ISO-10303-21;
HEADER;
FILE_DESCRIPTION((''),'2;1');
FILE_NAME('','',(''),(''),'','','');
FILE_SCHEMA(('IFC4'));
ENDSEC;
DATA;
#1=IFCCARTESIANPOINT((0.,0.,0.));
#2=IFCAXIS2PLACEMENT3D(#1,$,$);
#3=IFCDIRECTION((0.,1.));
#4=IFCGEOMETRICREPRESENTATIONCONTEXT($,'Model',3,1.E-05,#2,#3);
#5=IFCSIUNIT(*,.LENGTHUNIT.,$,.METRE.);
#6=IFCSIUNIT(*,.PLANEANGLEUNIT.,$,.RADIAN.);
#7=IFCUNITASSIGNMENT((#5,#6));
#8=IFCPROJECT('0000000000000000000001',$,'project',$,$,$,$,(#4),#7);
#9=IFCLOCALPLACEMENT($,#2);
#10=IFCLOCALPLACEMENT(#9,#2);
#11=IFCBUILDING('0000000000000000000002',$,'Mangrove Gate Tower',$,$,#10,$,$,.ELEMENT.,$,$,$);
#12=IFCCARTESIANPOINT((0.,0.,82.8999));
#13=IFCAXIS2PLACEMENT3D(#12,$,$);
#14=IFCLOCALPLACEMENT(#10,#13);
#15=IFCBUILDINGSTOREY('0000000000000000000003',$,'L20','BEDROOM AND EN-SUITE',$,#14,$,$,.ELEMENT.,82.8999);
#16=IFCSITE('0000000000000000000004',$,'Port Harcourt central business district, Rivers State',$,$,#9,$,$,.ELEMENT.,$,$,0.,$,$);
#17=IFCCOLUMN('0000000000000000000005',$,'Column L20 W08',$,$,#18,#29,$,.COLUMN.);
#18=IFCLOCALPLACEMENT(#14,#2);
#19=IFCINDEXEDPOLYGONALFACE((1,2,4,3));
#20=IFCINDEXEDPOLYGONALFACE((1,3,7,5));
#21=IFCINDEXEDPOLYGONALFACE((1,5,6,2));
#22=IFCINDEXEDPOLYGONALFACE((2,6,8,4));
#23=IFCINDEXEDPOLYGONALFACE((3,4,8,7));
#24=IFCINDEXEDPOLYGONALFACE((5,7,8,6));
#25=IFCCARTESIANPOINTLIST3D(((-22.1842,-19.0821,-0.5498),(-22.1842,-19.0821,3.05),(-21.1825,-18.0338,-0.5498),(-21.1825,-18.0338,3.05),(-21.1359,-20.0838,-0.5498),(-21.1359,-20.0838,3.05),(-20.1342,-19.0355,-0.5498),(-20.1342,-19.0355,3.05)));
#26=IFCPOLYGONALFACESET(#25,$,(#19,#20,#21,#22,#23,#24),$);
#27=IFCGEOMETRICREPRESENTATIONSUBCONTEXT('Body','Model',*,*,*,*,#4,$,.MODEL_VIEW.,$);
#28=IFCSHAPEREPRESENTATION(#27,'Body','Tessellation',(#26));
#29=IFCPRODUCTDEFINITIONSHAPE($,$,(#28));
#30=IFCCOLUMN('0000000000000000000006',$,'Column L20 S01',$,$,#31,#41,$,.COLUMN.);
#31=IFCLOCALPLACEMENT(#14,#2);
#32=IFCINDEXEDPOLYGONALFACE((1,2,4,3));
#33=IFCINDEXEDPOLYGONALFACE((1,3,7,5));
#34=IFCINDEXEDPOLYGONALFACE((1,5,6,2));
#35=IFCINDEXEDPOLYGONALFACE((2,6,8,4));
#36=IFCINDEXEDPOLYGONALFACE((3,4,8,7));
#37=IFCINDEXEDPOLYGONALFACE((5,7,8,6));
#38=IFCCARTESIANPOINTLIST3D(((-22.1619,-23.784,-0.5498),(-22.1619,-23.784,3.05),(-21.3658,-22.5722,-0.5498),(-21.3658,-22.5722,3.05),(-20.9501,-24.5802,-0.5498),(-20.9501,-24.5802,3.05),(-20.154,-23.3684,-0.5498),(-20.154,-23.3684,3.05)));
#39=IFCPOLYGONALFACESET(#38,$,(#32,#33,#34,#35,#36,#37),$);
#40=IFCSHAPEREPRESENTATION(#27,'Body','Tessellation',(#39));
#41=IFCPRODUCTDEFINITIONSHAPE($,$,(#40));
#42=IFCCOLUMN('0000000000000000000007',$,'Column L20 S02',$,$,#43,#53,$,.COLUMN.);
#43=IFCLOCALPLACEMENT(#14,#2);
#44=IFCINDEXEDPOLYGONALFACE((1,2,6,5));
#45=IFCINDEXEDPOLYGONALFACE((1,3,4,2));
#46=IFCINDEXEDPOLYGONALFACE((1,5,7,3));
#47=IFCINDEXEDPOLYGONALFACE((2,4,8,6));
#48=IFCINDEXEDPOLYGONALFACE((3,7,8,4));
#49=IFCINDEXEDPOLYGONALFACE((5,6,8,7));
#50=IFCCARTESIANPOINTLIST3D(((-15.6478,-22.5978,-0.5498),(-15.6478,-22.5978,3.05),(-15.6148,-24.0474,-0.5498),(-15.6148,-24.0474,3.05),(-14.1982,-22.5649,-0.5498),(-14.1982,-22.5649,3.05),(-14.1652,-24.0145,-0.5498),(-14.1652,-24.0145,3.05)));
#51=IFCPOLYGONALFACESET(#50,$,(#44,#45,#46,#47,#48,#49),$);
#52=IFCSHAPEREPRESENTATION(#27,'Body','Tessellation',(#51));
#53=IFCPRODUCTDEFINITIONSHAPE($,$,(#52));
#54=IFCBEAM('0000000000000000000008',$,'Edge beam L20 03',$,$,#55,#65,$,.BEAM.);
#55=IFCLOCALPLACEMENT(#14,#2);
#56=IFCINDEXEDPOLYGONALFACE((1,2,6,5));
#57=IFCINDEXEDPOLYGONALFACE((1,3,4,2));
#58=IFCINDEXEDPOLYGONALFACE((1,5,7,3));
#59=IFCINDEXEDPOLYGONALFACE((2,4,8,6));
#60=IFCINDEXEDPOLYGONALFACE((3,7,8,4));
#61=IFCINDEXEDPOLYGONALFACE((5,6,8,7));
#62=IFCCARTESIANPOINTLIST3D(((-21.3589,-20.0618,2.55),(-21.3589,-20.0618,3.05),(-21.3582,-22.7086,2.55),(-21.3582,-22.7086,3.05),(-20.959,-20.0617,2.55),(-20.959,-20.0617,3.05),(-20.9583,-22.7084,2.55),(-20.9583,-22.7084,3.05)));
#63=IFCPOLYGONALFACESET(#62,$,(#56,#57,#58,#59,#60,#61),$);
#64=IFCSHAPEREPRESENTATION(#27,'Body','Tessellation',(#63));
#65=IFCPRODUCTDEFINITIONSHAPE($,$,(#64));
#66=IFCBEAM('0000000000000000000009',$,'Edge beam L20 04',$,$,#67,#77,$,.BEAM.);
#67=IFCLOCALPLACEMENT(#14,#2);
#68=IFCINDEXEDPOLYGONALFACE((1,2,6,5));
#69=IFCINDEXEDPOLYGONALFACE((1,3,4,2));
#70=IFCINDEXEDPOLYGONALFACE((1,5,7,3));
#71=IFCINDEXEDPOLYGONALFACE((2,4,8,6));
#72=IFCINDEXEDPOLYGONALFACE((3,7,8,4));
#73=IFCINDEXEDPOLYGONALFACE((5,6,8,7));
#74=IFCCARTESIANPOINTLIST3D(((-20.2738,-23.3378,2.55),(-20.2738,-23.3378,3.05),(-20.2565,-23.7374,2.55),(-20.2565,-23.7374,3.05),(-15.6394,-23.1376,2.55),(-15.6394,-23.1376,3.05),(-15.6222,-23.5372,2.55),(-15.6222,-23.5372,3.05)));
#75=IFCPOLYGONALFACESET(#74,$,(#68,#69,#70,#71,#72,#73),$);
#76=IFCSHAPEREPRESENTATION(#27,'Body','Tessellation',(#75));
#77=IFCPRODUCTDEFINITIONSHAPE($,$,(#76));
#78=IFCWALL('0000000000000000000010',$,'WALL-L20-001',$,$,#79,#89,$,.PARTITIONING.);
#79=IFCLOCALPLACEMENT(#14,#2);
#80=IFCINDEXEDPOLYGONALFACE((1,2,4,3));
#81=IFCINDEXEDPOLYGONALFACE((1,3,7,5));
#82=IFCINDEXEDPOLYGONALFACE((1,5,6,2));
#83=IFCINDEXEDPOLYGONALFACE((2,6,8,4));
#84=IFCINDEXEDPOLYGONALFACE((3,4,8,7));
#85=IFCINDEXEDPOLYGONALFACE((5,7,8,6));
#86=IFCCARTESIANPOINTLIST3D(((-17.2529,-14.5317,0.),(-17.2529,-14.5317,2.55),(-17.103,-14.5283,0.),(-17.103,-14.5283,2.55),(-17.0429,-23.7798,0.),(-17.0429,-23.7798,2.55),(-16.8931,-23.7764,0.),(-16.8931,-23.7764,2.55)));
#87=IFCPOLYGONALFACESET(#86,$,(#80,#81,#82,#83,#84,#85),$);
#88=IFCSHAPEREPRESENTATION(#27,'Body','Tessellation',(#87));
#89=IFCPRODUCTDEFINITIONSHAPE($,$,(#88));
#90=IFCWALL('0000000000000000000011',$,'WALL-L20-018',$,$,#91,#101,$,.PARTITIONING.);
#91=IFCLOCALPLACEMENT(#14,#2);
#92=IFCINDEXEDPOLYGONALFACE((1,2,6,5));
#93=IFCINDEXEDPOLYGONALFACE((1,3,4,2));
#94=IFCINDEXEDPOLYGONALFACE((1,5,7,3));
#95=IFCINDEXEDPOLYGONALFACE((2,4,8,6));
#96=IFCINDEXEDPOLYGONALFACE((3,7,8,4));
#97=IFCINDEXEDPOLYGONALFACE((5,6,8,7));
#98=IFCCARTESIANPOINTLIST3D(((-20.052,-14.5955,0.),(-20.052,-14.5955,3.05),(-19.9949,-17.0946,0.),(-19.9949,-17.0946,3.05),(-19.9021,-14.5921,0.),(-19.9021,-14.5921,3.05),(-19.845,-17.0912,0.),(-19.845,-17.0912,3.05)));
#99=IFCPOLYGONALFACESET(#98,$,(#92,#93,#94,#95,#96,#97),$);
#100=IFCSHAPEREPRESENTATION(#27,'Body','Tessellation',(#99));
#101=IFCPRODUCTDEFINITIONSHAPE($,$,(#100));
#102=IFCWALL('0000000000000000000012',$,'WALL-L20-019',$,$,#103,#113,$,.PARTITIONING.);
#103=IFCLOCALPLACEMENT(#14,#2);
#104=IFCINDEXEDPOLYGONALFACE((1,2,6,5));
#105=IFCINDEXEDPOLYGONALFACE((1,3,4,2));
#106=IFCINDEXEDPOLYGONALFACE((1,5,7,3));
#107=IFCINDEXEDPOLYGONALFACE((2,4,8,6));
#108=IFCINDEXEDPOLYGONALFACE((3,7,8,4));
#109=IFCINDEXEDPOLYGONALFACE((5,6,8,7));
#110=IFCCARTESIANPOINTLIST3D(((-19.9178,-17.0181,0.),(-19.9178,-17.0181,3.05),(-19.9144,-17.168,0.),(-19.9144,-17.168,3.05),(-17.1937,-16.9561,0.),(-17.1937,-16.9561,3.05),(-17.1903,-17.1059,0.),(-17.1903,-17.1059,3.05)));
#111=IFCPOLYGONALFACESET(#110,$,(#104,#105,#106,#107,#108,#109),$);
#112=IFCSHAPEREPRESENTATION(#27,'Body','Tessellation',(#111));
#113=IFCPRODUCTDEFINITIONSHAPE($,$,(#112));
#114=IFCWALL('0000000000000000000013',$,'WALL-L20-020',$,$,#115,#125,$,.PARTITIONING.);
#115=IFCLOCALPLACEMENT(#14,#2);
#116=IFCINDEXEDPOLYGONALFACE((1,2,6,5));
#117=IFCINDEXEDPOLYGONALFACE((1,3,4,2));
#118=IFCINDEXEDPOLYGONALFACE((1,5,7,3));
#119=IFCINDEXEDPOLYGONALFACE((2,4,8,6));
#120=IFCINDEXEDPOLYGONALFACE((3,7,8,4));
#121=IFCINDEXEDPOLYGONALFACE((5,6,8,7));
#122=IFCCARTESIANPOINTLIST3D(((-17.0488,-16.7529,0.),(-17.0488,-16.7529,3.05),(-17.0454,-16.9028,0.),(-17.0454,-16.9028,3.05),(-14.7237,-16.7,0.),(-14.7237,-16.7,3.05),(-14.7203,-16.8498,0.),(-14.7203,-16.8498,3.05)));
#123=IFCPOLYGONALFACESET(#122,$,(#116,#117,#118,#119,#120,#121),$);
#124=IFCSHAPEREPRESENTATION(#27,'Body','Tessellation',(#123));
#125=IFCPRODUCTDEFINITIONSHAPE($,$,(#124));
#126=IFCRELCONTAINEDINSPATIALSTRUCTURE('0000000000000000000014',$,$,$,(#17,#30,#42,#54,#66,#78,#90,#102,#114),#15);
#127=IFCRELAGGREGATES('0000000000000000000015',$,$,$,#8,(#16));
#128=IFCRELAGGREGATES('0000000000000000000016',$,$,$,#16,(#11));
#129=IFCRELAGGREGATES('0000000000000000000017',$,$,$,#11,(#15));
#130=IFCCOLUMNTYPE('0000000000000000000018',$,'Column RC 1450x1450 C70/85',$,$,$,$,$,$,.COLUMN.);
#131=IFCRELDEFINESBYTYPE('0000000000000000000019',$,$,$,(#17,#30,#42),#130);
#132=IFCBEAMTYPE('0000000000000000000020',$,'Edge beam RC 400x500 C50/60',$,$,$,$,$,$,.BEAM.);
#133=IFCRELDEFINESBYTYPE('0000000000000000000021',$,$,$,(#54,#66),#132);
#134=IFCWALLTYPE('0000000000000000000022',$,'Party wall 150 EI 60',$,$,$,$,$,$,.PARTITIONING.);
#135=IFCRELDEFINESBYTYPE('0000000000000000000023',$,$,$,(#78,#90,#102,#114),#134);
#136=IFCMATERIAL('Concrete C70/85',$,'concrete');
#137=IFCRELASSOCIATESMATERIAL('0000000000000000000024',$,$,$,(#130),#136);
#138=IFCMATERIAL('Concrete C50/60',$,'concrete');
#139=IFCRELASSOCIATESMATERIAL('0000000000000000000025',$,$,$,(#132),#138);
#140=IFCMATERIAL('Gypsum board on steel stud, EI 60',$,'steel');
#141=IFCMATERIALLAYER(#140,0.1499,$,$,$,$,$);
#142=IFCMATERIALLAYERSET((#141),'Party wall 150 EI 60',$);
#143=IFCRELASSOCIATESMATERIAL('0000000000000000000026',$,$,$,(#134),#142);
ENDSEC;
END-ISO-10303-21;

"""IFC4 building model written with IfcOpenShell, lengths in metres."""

from ifc_helpers import new_model, si_unit, direction, frame, frame_2d, origin, origin_2d, place, context, subcontext, project, spatial, rectangle, extrude, material, layer, layer_set, material_profile, profile_set, type_object, element, save


model = new_model("IFC4")

# Units and contexts
model_context = context("Model", 3, precision=1e-05, world=origin(), true_north=direction((0.0, 1.0)))
body_context = subcontext(model_context, "Body", "Model", "MODEL_VIEW")
ifc_project = project(units=[si_unit("LENGTHUNIT", "METRE"), si_unit("PLANEANGLEUNIT", "RADIAN")], contexts=[model_context])

# Site, building, storey
site_placement = place(None, origin())
site = spatial("IfcSite", under=ifc_project, at=site_placement, Name="Port Harcourt central business district, Rivers State", CompositionType="ELEMENT", RefElevation=0.0)
building_placement = place(site_placement, origin())
building = spatial("IfcBuilding", under=site, at=building_placement, Name="Mangrove Gate Tower", CompositionType="ELEMENT")
storey_placement = place(building_placement, frame((0.0, 0.0, 82.8999)))
storey = spatial("IfcBuildingStorey", under=building, at=storey_placement, Name="L20", Description="BEDROOM AND EN-SUITE", CompositionType="ELEMENT", Elevation=82.8999)

# Columns
ifc_material_1 = material(Name="Concrete C70/85", Category="concrete")
ifc_material_profile_1 = material_profile(ifc_material_1, rectangle(XDim=1.45, YDim=1.45, at=origin_2d()))
ifc_profile_set_1 = profile_set([ifc_material_profile_1], Name="Concrete C70/85")
column_type = type_object("IfcColumnType", Name="Column RC 1450x1450 C70/85", PredefinedType="COLUMN", material=ifc_profile_set_1)
for number, where, z_axis, x_axis, name in (
    (1, (-21.1592, -19.0588, -0.5498), (0.0, 0.0, 1.0), (0.722989, -0.69086, 0.0), "Column L20 W08"),
    (2, (-21.158, -23.5762, -0.5498), (0.0, 0.0, 1.0), (0.835754, -0.549104, 0.0), "Column L20 S01"),
    (3, (-14.9065, -23.3062, -0.5498), (0.0, 0.0, 1.0), (0.999742, 0.022721, 0.0), "Column L20 S02"),
):
    element("IfcColumn", number, at=place(storey_placement, frame(where, z_axis=z_axis, x_axis=x_axis)), inside=storey, type_object=column_type, Name=name, PredefinedType="COLUMN", context=body_context, shape_type="SweptSolid", body=[
        extrude(rectangle(XDim=1.45, YDim=1.45, at=origin_2d()), origin(), (0.0, 0.0, 1.0), 3.5999),
    ])

# Beams
ifc_material_2 = material(Name="Concrete C50/60", Category="concrete")
ifc_material_profile_2 = material_profile(ifc_material_2, rectangle(XDim=0.3999, YDim=0.5, at=origin_2d()))
ifc_profile_set_2 = profile_set([ifc_material_profile_2], Name="Concrete C50/60")
beam_type = type_object("IfcBeamType", Name="Edge beam RC 400x500 C50/60", PredefinedType="BEAM", material=ifc_profile_set_2)
beam_1_placement = place(storey_placement, frame((-21.1589, -20.0618, 2.8), z_axis=(0.000277, -1.0, 0.0), x_axis=(1.0, 0.000277, 0.0)))
element("IfcBeam", 4, at=beam_1_placement, inside=storey, type_object=beam_type, Name="Edge beam L20 03", PredefinedType="BEAM", context=body_context, shape_type="SweptSolid", body=[
    extrude(rectangle(XDim=0.3999, YDim=0.5, at=origin_2d()), origin(), (0.0, 0.0, 1.0), 2.6467),
])
beam_2_placement = place(storey_placement, frame((-20.2651, -23.5376, 2.8), z_axis=(0.999068, 0.043159, 0.0), x_axis=(-0.043159, 0.999068, 0.0)))
element("IfcBeam", 5, at=beam_2_placement, inside=storey, type_object=beam_type, Name="Edge beam L20 04", PredefinedType="BEAM", context=body_context, shape_type="SweptSolid", body=[
    extrude(rectangle(XDim=0.3999, YDim=0.5, at=origin_2d()), origin(), (0.0, 0.0, 1.0), 4.6387),
])

# Walls
ifc_material_3 = material(Name="Gypsum board on steel stud, EI 60", Category="steel")
ifc_layer = layer(ifc_material_3, 0.1499)
ifc_layer_set = layer_set([ifc_layer], Name="Party wall 150 EI 60")
wall_type = type_object("IfcWallType", Name="Party wall 150 EI 60", PredefinedType="PARTITIONING", material=ifc_layer_set)
wall_1_placement = place(storey_placement, frame((-16.968, -23.7781, 0.0), z_axis=(0.0, 0.0, 1.0), x_axis=(-0.022697, 0.999742, 0.0)))
element("IfcWall", 6, at=wall_1_placement, inside=storey, type_object=wall_type, Name="WALL-L20-001", PredefinedType="PARTITIONING", context=body_context, shape_type="SweptSolid", body=[
    extrude(rectangle(XDim=9.2505, YDim=0.1499, at=frame_2d((4.6252, 0.0))), origin(), (0.0, 0.0, 1.0), 2.55),
])
wall_2_placement = place(storey_placement, frame((-19.9199, -17.093, 0.0), z_axis=(0.0, 0.0, 1.0), x_axis=(-0.022855, 0.999739, 0.0)))
element("IfcWall", 7, at=wall_2_placement, inside=storey, type_object=wall_type, Name="WALL-L20-018", PredefinedType="PARTITIONING", context=body_context, shape_type="SweptSolid", body=[
    extrude(rectangle(XDim=2.4998, YDim=0.1499, at=frame_2d((1.25, 0.0))), origin(), (0.0, 0.0, 1.0), 3.05),
])
wall_3_placement = place(storey_placement, frame((-19.916, -17.093, 0.0), z_axis=(0.0, 0.0, 1.0), x_axis=(0.999741, 0.022758, 0.0)))
element("IfcWall", 8, at=wall_3_placement, inside=storey, type_object=wall_type, Name="WALL-L20-019", PredefinedType="PARTITIONING", context=body_context, shape_type="SweptSolid", body=[
    extrude(rectangle(XDim=2.7249, YDim=0.1499, at=frame_2d((1.3623, 0.0))), origin(), (0.0, 0.0, 1.0), 3.05),
])
wall_4_placement = place(storey_placement, frame((-17.0471, -16.8279, 0.0), z_axis=(0.0, 0.0, 1.0), x_axis=(0.999741, 0.022779, 0.0)))
element("IfcWall", 9, at=wall_4_placement, inside=storey, type_object=wall_type, Name="WALL-L20-020", PredefinedType="PARTITIONING", context=body_context, shape_type="SweptSolid", body=[
    extrude(rectangle(XDim=2.3257, YDim=0.1499, at=frame_2d((1.1628, 0.0))), origin(), (0.0, 0.0, 1.0), 3.05),
])

save(model, "model.ifc")
